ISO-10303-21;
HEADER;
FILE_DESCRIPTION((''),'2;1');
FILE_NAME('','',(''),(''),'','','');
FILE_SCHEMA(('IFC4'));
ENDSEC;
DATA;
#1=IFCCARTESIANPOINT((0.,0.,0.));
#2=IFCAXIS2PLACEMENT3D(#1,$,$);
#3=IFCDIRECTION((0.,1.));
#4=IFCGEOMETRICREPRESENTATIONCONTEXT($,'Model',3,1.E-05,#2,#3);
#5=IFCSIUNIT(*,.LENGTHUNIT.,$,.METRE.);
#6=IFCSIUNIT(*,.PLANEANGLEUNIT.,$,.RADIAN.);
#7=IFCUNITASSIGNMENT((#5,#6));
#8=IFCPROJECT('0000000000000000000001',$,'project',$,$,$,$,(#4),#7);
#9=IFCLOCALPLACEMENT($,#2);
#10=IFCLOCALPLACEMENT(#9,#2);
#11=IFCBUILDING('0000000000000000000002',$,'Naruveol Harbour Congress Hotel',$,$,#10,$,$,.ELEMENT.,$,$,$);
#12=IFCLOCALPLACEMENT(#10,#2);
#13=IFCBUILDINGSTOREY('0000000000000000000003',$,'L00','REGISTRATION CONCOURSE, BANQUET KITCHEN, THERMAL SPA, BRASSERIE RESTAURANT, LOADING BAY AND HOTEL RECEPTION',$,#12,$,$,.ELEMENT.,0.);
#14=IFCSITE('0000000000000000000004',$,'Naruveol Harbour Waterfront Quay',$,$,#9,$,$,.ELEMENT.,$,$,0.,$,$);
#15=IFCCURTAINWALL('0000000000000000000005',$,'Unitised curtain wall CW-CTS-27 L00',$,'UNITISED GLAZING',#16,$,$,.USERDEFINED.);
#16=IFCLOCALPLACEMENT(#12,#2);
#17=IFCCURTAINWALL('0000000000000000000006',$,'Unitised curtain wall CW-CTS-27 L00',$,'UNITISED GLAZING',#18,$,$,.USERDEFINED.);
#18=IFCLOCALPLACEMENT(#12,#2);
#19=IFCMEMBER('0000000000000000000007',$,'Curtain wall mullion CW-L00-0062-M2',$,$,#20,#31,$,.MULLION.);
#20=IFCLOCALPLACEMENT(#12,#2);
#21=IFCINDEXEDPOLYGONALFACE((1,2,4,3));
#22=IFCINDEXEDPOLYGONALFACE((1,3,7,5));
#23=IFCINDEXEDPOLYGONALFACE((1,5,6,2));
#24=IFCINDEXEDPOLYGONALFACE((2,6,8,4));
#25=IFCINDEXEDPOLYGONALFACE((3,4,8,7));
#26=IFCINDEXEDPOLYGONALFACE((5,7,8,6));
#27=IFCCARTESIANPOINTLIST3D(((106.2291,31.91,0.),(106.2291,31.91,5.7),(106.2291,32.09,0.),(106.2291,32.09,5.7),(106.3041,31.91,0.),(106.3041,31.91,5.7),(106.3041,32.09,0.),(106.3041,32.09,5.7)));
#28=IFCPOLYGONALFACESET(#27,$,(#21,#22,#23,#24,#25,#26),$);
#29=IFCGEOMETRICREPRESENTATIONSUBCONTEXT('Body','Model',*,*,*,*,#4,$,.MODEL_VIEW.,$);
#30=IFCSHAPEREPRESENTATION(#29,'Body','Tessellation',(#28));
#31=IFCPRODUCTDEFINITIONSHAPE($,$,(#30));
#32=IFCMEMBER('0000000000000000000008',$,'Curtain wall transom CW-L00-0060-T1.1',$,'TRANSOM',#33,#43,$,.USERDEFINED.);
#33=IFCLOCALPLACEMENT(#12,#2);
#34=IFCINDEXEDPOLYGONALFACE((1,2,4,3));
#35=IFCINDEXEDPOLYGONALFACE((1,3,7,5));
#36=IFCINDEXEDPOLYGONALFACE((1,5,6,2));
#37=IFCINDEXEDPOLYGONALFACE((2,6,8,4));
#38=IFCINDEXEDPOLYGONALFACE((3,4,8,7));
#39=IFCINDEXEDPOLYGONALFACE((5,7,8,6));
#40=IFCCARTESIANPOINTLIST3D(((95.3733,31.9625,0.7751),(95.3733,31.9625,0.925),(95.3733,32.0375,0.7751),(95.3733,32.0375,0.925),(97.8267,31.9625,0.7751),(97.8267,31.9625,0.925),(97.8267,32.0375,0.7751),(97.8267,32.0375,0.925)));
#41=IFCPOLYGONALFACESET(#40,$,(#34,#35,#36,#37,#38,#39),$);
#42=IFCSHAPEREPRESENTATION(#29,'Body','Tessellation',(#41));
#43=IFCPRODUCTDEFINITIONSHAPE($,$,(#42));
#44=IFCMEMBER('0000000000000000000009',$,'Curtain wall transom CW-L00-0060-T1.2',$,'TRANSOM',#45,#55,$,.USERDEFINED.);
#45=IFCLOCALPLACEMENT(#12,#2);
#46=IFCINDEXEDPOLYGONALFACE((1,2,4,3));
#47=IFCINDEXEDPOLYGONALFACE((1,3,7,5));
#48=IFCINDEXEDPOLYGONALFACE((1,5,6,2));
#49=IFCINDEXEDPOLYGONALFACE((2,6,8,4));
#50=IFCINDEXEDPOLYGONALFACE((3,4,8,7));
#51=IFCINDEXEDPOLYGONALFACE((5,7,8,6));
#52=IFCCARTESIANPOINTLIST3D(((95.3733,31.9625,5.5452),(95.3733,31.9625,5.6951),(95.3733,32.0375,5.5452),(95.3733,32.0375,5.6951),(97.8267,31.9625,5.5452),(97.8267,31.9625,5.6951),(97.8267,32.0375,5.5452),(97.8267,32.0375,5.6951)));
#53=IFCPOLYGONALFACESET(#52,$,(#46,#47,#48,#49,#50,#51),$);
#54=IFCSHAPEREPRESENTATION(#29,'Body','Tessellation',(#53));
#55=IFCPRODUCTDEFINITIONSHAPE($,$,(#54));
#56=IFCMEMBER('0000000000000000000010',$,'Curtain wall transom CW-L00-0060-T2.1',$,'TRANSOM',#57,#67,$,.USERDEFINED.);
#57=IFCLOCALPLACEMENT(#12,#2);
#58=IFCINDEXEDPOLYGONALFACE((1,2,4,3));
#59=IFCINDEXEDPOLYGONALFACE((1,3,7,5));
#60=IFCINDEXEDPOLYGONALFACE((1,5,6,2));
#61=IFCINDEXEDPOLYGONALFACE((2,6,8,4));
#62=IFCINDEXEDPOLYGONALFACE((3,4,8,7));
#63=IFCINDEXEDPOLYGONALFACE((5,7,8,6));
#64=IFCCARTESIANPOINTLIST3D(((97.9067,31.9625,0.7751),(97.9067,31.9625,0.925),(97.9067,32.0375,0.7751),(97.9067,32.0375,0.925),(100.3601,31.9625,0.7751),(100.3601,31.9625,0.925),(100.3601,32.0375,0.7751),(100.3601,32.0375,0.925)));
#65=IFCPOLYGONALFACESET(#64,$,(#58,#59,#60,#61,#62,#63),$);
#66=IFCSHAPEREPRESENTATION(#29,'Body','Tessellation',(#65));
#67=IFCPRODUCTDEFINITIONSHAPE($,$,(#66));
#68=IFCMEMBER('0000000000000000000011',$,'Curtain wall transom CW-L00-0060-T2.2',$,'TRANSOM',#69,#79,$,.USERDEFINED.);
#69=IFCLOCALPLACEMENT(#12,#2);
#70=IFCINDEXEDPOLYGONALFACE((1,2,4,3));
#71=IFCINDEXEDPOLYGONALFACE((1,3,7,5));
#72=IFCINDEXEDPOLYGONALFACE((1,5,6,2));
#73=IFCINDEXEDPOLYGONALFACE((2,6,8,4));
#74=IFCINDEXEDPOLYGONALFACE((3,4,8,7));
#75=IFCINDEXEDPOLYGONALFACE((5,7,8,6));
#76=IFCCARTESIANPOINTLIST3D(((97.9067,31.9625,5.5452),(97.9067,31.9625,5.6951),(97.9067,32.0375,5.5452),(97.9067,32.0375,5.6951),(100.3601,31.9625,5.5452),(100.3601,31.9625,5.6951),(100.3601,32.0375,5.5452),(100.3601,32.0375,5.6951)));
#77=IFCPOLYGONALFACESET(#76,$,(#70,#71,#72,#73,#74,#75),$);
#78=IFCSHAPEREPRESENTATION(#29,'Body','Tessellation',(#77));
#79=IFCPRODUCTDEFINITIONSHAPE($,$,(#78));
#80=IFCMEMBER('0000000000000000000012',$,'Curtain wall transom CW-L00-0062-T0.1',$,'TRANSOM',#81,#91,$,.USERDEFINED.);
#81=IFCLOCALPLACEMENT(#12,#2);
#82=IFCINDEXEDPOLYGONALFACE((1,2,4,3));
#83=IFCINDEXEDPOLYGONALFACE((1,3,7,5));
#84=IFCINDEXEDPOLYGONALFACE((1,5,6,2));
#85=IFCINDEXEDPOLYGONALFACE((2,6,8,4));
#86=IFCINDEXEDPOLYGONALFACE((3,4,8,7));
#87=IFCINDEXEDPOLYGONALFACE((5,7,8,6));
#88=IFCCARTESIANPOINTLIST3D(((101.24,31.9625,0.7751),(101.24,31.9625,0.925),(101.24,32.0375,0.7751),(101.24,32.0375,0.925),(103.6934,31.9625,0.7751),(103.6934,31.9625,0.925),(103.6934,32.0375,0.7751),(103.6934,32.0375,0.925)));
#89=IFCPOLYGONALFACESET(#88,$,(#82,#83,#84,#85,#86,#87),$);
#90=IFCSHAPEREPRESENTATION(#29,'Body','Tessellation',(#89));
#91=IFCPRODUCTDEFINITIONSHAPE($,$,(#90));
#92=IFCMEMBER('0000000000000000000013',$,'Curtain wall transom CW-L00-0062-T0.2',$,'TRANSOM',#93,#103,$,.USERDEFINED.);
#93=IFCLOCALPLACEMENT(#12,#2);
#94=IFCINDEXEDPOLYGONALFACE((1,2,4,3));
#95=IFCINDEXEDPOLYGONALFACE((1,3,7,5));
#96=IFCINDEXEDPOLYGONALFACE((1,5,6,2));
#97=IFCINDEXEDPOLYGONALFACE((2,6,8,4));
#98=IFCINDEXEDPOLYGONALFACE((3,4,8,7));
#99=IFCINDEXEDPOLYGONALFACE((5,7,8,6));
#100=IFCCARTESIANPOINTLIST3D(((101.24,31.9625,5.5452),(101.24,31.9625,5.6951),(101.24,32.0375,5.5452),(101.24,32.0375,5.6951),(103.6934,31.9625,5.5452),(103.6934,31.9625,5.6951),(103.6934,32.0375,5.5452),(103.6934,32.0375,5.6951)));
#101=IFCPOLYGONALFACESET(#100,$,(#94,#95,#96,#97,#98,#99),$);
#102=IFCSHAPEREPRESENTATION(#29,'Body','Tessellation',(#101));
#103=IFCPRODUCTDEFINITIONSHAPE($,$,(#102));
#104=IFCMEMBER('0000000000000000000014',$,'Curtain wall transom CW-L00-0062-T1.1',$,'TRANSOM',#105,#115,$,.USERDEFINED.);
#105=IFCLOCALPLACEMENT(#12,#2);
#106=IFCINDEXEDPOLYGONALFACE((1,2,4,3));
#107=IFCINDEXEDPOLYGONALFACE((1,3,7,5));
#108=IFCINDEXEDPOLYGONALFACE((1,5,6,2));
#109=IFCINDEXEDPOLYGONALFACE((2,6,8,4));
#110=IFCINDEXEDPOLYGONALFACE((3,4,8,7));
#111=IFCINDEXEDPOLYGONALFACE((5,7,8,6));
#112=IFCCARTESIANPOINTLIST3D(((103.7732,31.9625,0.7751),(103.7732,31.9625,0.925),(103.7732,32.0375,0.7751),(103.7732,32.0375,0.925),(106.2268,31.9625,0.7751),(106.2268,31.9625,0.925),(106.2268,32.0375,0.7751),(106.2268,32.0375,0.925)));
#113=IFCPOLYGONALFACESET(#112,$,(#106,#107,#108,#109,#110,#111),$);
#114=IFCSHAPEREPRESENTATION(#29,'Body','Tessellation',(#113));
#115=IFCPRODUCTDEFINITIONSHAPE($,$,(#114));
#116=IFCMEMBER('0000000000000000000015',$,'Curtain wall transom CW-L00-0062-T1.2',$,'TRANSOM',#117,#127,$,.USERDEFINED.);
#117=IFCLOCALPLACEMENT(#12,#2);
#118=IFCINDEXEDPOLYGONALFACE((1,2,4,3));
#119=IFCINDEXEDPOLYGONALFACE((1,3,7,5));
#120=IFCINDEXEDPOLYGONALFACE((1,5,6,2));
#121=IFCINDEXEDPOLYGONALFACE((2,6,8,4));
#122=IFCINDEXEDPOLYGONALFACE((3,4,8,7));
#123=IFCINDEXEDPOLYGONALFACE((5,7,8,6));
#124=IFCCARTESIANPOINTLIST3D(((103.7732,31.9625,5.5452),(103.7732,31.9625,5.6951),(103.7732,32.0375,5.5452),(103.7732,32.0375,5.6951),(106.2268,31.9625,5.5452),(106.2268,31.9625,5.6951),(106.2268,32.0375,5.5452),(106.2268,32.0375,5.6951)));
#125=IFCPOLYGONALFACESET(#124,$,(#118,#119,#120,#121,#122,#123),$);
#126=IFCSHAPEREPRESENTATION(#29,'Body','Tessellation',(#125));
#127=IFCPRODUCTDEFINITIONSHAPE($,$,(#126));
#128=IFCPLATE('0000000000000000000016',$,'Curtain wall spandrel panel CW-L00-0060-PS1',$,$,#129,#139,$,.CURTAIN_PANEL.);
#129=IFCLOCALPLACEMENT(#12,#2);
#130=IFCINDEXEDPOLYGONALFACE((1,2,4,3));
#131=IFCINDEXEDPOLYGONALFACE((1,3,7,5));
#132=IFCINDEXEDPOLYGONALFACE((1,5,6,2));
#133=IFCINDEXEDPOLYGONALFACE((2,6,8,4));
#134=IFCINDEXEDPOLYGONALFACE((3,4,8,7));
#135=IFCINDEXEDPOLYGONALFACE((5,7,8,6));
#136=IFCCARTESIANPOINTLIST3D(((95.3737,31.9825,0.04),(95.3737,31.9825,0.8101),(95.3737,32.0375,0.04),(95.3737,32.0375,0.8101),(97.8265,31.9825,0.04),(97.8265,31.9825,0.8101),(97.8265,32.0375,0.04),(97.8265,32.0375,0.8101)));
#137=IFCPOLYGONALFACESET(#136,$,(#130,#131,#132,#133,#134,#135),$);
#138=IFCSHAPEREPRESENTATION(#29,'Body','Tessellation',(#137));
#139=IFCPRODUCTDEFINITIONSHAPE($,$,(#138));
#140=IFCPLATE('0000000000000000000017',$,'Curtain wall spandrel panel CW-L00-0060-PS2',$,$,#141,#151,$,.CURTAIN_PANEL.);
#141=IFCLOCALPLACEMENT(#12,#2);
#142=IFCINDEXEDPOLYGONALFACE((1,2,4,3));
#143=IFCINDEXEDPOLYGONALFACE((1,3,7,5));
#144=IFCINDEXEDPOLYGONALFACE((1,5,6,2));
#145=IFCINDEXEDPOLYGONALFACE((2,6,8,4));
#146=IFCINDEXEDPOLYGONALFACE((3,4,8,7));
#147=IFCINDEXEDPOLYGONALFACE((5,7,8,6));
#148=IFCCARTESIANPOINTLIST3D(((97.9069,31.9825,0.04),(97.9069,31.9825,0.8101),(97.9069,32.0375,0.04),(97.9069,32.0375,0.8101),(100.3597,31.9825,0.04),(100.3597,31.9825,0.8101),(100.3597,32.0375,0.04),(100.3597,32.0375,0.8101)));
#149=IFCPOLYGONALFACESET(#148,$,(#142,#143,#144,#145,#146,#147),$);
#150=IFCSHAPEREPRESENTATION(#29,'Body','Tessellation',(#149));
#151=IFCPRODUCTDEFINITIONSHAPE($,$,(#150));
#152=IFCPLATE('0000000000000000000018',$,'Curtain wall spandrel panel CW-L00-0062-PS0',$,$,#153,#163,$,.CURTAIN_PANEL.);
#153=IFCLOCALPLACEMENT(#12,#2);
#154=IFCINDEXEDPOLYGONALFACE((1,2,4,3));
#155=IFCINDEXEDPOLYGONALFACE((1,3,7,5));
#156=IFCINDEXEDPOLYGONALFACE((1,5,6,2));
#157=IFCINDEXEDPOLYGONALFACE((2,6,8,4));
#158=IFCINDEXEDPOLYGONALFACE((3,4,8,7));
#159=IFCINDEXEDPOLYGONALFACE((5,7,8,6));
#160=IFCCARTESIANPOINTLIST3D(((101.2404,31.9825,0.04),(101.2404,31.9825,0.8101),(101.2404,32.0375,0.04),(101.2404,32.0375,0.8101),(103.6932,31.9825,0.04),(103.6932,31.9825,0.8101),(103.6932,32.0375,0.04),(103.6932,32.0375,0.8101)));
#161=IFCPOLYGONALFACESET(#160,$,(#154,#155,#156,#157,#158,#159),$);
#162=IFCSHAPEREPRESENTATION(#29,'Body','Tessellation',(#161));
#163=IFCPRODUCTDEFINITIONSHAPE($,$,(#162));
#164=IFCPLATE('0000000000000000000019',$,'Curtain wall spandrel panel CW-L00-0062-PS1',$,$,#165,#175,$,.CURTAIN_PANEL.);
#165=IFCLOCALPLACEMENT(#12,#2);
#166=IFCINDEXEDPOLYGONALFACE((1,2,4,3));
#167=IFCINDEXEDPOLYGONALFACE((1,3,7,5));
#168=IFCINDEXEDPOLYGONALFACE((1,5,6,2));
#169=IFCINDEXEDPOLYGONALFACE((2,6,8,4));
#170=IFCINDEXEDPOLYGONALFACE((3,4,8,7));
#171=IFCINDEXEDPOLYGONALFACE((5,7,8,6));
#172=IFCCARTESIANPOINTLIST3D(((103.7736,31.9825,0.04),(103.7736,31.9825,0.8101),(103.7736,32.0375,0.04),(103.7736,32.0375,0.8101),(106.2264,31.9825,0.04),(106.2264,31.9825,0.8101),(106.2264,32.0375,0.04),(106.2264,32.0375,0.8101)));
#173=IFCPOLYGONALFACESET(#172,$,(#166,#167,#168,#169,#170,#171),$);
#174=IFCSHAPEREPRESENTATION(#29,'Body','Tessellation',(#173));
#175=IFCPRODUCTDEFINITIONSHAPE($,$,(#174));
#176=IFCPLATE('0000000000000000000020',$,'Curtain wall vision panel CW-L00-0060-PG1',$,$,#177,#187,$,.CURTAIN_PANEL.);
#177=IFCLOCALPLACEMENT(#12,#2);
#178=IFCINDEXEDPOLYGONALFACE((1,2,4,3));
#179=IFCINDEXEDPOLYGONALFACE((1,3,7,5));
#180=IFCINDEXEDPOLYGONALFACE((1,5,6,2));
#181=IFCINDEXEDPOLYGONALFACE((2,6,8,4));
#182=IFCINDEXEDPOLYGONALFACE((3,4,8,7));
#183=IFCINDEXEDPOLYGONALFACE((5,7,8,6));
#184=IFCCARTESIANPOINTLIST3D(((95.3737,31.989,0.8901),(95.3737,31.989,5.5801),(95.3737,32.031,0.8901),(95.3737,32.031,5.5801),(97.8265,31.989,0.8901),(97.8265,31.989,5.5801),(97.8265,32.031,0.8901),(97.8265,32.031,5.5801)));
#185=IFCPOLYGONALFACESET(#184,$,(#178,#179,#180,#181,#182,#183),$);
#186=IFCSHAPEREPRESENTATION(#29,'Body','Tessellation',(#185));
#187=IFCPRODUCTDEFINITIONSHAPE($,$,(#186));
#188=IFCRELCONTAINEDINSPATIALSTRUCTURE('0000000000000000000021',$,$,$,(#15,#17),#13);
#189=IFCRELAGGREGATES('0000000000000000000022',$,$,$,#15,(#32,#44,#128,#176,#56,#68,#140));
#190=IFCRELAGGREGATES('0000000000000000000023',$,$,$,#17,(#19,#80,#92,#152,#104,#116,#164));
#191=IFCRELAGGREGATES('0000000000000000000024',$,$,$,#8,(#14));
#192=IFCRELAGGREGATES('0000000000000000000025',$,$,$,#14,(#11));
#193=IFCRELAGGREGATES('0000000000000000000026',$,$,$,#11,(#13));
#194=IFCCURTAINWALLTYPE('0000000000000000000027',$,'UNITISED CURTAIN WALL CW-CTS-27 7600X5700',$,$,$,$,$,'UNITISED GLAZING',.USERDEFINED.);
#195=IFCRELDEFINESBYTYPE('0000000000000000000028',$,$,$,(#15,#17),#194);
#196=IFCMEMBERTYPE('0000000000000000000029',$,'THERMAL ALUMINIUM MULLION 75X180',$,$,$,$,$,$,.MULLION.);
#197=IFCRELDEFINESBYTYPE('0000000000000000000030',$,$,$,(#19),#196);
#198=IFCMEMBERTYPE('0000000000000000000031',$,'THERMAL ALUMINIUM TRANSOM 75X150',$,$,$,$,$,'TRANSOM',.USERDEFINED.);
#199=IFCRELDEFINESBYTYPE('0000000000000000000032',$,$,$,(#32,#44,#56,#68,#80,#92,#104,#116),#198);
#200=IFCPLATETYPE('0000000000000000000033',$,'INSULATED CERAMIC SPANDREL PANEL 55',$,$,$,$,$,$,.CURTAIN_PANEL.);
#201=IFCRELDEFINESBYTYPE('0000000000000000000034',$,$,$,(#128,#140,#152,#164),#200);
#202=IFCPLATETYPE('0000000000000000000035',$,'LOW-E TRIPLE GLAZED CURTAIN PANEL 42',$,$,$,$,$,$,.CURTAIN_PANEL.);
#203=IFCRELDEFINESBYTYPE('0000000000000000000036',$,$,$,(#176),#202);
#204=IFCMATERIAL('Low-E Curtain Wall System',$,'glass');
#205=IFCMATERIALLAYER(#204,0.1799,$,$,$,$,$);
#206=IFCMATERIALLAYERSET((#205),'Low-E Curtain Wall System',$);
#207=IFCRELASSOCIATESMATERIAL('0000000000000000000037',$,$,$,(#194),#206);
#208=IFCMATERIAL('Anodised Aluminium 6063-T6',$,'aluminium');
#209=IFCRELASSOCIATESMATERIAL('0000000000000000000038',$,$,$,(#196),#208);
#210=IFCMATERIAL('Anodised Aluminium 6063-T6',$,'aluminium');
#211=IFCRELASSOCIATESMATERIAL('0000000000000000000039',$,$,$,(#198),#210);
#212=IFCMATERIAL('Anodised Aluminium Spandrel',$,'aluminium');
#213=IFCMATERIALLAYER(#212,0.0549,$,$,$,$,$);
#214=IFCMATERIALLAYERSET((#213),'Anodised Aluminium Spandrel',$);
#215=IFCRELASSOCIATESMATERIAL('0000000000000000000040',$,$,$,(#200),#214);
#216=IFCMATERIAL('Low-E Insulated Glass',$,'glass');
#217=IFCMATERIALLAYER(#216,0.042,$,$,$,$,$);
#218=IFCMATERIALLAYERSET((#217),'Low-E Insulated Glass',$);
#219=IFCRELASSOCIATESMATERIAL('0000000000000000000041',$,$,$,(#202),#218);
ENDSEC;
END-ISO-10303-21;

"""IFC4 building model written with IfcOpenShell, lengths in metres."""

from ifc_helpers import new_model, si_unit, direction, frame, origin, origin_2d, place, context, subcontext, project, spatial, rectangle, extrude, material, layer, layer_set, material_profile, profile_set, type_object, element, aggregate, save


model = new_model("IFC4")

# Units and contexts
model_context = context("Model", 3, precision=1e-05, world=origin(), true_north=direction((0.0, 1.0)))
body_context = subcontext(model_context, "Body", "Model", "MODEL_VIEW")
ifc_project = project(units=[si_unit("LENGTHUNIT", "METRE"), si_unit("PLANEANGLEUNIT", "RADIAN")], contexts=[model_context])

# Site, building, storey
site_placement = place(None, origin())
site = spatial("IfcSite", under=ifc_project, at=site_placement, Name="Naruveol Harbour Waterfront Quay", CompositionType="ELEMENT", RefElevation=0.0)
building_placement = place(site_placement, origin())
building = spatial("IfcBuilding", under=site, at=building_placement, Name="Naruveol Harbour Congress Hotel", CompositionType="ELEMENT")
storey_placement = place(building_placement, origin())
storey = spatial("IfcBuildingStorey", under=building, at=storey_placement, Name="L00", Description="REGISTRATION CONCOURSE, BANQUET KITCHEN, THERMAL SPA, BRASSERIE RESTAURANT, LOADING BAY AND HOTEL RECEPTION", CompositionType="ELEMENT", Elevation=0.0)

# Curtain walls, member
ifc_material_1 = material(Name="Low-E Curtain Wall System", Category="glass")
ifc_layer_1 = layer(ifc_material_1, 0.1799)
ifc_layer_set_1 = layer_set([ifc_layer_1], Name="Low-E Curtain Wall System")
curtain_wall_type = type_object("IfcCurtainWallType", Name="UNITISED CURTAIN WALL CW-CTS-27 7600X5700", ElementType="UNITISED GLAZING", PredefinedType="USERDEFINED", material=ifc_layer_set_1)
curtain_wall_1_placement = place(storey_placement, origin())
curtain_wall_1 = element("IfcCurtainWall", 1, at=curtain_wall_1_placement, inside=storey, type_object=curtain_wall_type, Name="Unitised curtain wall CW-CTS-27 L00", ObjectType="UNITISED GLAZING", PredefinedType="USERDEFINED")
ifc_material_2 = material(Name="Anodised Aluminium 6063-T6", Category="aluminium")
ifc_material_profile_1 = material_profile(ifc_material_2, rectangle(XDim=0.075, YDim=0.1799, at=origin_2d()), Name="ALU-75x180")
ifc_profile_set_1 = profile_set([ifc_material_profile_1], Name="Anodised Aluminium 6063-T6")
member_type_1 = type_object("IfcMemberType", Name="THERMAL ALUMINIUM MULLION 75X180", PredefinedType="MULLION", material=ifc_profile_set_1)
curtain_wall_2_placement = place(storey_placement, origin())
curtain_wall_2 = element("IfcCurtainWall", 2, at=curtain_wall_2_placement, inside=storey, type_object=curtain_wall_type, Name="Unitised curtain wall CW-CTS-27 L00", ObjectType="UNITISED GLAZING", PredefinedType="USERDEFINED")
member_1_placement = place(storey_placement, frame((106.2666, 32.0, 0.0), z_axis=(0.0, 0.0, 1.0), x_axis=(1.0, 0.0, 0.0)))
member_1 = element("IfcMember", 3, at=member_1_placement, type_object=member_type_1, Name="Curtain wall mullion CW-L00-0062-M2", PredefinedType="MULLION", context=body_context, shape_type="SweptSolid", body=[
    extrude(rectangle(XDim=0.075, YDim=0.1799, at=origin_2d()), origin(), (0.0, 0.0, 1.0), 5.7),
])

# Members
ifc_material_3 = material(Name="Anodised Aluminium 6063-T6", Category="aluminium")
ifc_material_profile_2 = material_profile(ifc_material_3, rectangle(XDim=0.075, YDim=0.1499, at=origin_2d()), Name="ALU-75x150")
ifc_profile_set_2 = profile_set([ifc_material_profile_2], Name="Anodised Aluminium 6063-T6")
member_type_2 = type_object("IfcMemberType", Name="THERMAL ALUMINIUM TRANSOM 75X150", ElementType="TRANSOM", PredefinedType="USERDEFINED", material=ifc_profile_set_2)
member_2_placement = place(storey_placement, frame((95.3733, 32.0, 0.8501), z_axis=(1.0, 0.0, 0.0), x_axis=(0.0, 1.0, 0.0)))
member_2 = element("IfcMember", 4, at=member_2_placement, type_object=member_type_2, Name="Curtain wall transom CW-L00-0060-T1.1", ObjectType="TRANSOM", PredefinedType="USERDEFINED", context=body_context, shape_type="SweptSolid", body=[
    extrude(rectangle(XDim=0.075, YDim=0.1499, at=origin_2d()), origin(), (0.0, 0.0, 1.0), 2.4534),
])
member_3_placement = place(storey_placement, frame((95.3733, 32.0, 5.6201), z_axis=(1.0, 0.0, 0.0), x_axis=(0.0, 1.0, 0.0)))
member_3 = element("IfcMember", 5, at=member_3_placement, type_object=member_type_2, Name="Curtain wall transom CW-L00-0060-T1.2", ObjectType="TRANSOM", PredefinedType="USERDEFINED", context=body_context, shape_type="SweptSolid", body=[
    extrude(rectangle(XDim=0.075, YDim=0.1499, at=origin_2d()), origin(), (0.0, 0.0, 1.0), 2.4534),
])
member_4_placement = place(storey_placement, frame((97.9067, 32.0, 0.8501), z_axis=(1.0, 0.0, 0.0), x_axis=(0.0, 1.0, 0.0)))
member_4 = element("IfcMember", 6, at=member_4_placement, type_object=member_type_2, Name="Curtain wall transom CW-L00-0060-T2.1", ObjectType="TRANSOM", PredefinedType="USERDEFINED", context=body_context, shape_type="SweptSolid", body=[
    extrude(rectangle(XDim=0.075, YDim=0.1499, at=origin_2d()), origin(), (0.0, 0.0, 1.0), 2.4534),
])
member_5_placement = place(storey_placement, frame((97.9067, 32.0, 5.6201), z_axis=(1.0, 0.0, 0.0), x_axis=(0.0, 1.0, 0.0)))
member_5 = element("IfcMember", 7, at=member_5_placement, type_object=member_type_2, Name="Curtain wall transom CW-L00-0060-T2.2", ObjectType="TRANSOM", PredefinedType="USERDEFINED", context=body_context, shape_type="SweptSolid", body=[
    extrude(rectangle(XDim=0.075, YDim=0.1499, at=origin_2d()), origin(), (0.0, 0.0, 1.0), 2.4534),
])
member_6_placement = place(storey_placement, frame((101.24, 32.0, 0.8501), z_axis=(1.0, 0.0, 0.0), x_axis=(0.0, 1.0, 0.0)))
member_6 = element("IfcMember", 8, at=member_6_placement, type_object=member_type_2, Name="Curtain wall transom CW-L00-0062-T0.1", ObjectType="TRANSOM", PredefinedType="USERDEFINED", context=body_context, shape_type="SweptSolid", body=[
    extrude(rectangle(XDim=0.075, YDim=0.1499, at=origin_2d()), origin(), (0.0, 0.0, 1.0), 2.4534),
])
member_7_placement = place(storey_placement, frame((101.24, 32.0, 5.6201), z_axis=(1.0, 0.0, 0.0), x_axis=(0.0, 1.0, 0.0)))
member_7 = element("IfcMember", 9, at=member_7_placement, type_object=member_type_2, Name="Curtain wall transom CW-L00-0062-T0.2", ObjectType="TRANSOM", PredefinedType="USERDEFINED", context=body_context, shape_type="SweptSolid", body=[
    extrude(rectangle(XDim=0.075, YDim=0.1499, at=origin_2d()), origin(), (0.0, 0.0, 1.0), 2.4534),
])
member_8_placement = place(storey_placement, frame((103.7732, 32.0, 0.8501), z_axis=(1.0, 0.0, 0.0), x_axis=(0.0, 1.0, 0.0)))
member_8 = element("IfcMember", 10, at=member_8_placement, type_object=member_type_2, Name="Curtain wall transom CW-L00-0062-T1.1", ObjectType="TRANSOM", PredefinedType="USERDEFINED", context=body_context, shape_type="SweptSolid", body=[
    extrude(rectangle(XDim=0.075, YDim=0.1499, at=origin_2d()), origin(), (0.0, 0.0, 1.0), 2.4536),
])
member_9_placement = place(storey_placement, frame((103.7732, 32.0, 5.6201), z_axis=(1.0, 0.0, 0.0), x_axis=(0.0, 1.0, 0.0)))
member_9 = element("IfcMember", 11, at=member_9_placement, type_object=member_type_2, Name="Curtain wall transom CW-L00-0062-T1.2", ObjectType="TRANSOM", PredefinedType="USERDEFINED", context=body_context, shape_type="SweptSolid", body=[
    extrude(rectangle(XDim=0.075, YDim=0.1499, at=origin_2d()), origin(), (0.0, 0.0, 1.0), 2.4536),
])

# Plates
ifc_material_4 = material(Name="Anodised Aluminium Spandrel", Category="aluminium")
ifc_layer_2 = layer(ifc_material_4, 0.0549)
ifc_layer_set_2 = layer_set([ifc_layer_2], Name="Anodised Aluminium Spandrel")
plate_type_1 = type_object("IfcPlateType", Name="INSULATED CERAMIC SPANDREL PANEL 55", PredefinedType="CURTAIN_PANEL", material=ifc_layer_set_2)
plate_1_placement = place(storey_placement, frame((96.6001, 32.01, 0.04), z_axis=(0.0, 0.0, 1.0), x_axis=(1.0, 0.0, 0.0)))
plate_1 = element("IfcPlate", 12, at=plate_1_placement, type_object=plate_type_1, Name="Curtain wall spandrel panel CW-L00-0060-PS1", PredefinedType="CURTAIN_PANEL", context=body_context, shape_type="SweptSolid", body=[
    extrude(rectangle(XDim=2.4529, YDim=0.0549, at=origin_2d()), origin(), (0.0, 0.0, 1.0), 0.77),
])
plate_2_placement = place(storey_placement, frame((99.1333, 32.01, 0.04), z_axis=(0.0, 0.0, 1.0), x_axis=(1.0, 0.0, 0.0)))
plate_2 = element("IfcPlate", 13, at=plate_2_placement, type_object=plate_type_1, Name="Curtain wall spandrel panel CW-L00-0060-PS2", PredefinedType="CURTAIN_PANEL", context=body_context, shape_type="SweptSolid", body=[
    extrude(rectangle(XDim=2.4529, YDim=0.0549, at=origin_2d()), origin(), (0.0, 0.0, 1.0), 0.77),
])
plate_3_placement = place(storey_placement, frame((102.4668, 32.01, 0.04), z_axis=(0.0, 0.0, 1.0), x_axis=(1.0, 0.0, 0.0)))
plate_3 = element("IfcPlate", 14, at=plate_3_placement, type_object=plate_type_1, Name="Curtain wall spandrel panel CW-L00-0062-PS0", PredefinedType="CURTAIN_PANEL", context=body_context, shape_type="SweptSolid", body=[
    extrude(rectangle(XDim=2.4529, YDim=0.0549, at=origin_2d()), origin(), (0.0, 0.0, 1.0), 0.77),
])
plate_4_placement = place(storey_placement, frame((105.0, 32.01, 0.04), z_axis=(0.0, 0.0, 1.0), x_axis=(1.0, 0.0, 0.0)))
plate_4 = element("IfcPlate", 15, at=plate_4_placement, type_object=plate_type_1, Name="Curtain wall spandrel panel CW-L00-0062-PS1", PredefinedType="CURTAIN_PANEL", context=body_context, shape_type="SweptSolid", body=[
    extrude(rectangle(XDim=2.4529, YDim=0.0549, at=origin_2d()), origin(), (0.0, 0.0, 1.0), 0.77),
])
ifc_material_5 = material(Name="Low-E Insulated Glass", Category="glass")
ifc_layer_3 = layer(ifc_material_5, 0.042)
ifc_layer_set_3 = layer_set([ifc_layer_3], Name="Low-E Insulated Glass")
plate_type_2 = type_object("IfcPlateType", Name="LOW-E TRIPLE GLAZED CURTAIN PANEL 42", PredefinedType="CURTAIN_PANEL", material=ifc_layer_set_3)
plate_5_placement = place(storey_placement, frame((96.6001, 32.01, 0.8901), z_axis=(0.0, 0.0, 1.0), x_axis=(1.0, 0.0, 0.0)))
plate_5 = element("IfcPlate", 16, at=plate_5_placement, type_object=plate_type_2, Name="Curtain wall vision panel CW-L00-0060-PG1", PredefinedType="CURTAIN_PANEL", context=body_context, shape_type="SweptSolid", body=[
    extrude(rectangle(XDim=2.4529, YDim=0.042, at=origin_2d()), origin(), (0.0, 0.0, 1.0), 4.6899),
])
aggregate(curtain_wall_1, [member_2, member_3, plate_1, plate_5, member_4, member_5, plate_2])
aggregate(curtain_wall_2, [member_1, member_6, member_7, plate_3, member_8, member_9, plate_4])

save(model, "model.ifc")
